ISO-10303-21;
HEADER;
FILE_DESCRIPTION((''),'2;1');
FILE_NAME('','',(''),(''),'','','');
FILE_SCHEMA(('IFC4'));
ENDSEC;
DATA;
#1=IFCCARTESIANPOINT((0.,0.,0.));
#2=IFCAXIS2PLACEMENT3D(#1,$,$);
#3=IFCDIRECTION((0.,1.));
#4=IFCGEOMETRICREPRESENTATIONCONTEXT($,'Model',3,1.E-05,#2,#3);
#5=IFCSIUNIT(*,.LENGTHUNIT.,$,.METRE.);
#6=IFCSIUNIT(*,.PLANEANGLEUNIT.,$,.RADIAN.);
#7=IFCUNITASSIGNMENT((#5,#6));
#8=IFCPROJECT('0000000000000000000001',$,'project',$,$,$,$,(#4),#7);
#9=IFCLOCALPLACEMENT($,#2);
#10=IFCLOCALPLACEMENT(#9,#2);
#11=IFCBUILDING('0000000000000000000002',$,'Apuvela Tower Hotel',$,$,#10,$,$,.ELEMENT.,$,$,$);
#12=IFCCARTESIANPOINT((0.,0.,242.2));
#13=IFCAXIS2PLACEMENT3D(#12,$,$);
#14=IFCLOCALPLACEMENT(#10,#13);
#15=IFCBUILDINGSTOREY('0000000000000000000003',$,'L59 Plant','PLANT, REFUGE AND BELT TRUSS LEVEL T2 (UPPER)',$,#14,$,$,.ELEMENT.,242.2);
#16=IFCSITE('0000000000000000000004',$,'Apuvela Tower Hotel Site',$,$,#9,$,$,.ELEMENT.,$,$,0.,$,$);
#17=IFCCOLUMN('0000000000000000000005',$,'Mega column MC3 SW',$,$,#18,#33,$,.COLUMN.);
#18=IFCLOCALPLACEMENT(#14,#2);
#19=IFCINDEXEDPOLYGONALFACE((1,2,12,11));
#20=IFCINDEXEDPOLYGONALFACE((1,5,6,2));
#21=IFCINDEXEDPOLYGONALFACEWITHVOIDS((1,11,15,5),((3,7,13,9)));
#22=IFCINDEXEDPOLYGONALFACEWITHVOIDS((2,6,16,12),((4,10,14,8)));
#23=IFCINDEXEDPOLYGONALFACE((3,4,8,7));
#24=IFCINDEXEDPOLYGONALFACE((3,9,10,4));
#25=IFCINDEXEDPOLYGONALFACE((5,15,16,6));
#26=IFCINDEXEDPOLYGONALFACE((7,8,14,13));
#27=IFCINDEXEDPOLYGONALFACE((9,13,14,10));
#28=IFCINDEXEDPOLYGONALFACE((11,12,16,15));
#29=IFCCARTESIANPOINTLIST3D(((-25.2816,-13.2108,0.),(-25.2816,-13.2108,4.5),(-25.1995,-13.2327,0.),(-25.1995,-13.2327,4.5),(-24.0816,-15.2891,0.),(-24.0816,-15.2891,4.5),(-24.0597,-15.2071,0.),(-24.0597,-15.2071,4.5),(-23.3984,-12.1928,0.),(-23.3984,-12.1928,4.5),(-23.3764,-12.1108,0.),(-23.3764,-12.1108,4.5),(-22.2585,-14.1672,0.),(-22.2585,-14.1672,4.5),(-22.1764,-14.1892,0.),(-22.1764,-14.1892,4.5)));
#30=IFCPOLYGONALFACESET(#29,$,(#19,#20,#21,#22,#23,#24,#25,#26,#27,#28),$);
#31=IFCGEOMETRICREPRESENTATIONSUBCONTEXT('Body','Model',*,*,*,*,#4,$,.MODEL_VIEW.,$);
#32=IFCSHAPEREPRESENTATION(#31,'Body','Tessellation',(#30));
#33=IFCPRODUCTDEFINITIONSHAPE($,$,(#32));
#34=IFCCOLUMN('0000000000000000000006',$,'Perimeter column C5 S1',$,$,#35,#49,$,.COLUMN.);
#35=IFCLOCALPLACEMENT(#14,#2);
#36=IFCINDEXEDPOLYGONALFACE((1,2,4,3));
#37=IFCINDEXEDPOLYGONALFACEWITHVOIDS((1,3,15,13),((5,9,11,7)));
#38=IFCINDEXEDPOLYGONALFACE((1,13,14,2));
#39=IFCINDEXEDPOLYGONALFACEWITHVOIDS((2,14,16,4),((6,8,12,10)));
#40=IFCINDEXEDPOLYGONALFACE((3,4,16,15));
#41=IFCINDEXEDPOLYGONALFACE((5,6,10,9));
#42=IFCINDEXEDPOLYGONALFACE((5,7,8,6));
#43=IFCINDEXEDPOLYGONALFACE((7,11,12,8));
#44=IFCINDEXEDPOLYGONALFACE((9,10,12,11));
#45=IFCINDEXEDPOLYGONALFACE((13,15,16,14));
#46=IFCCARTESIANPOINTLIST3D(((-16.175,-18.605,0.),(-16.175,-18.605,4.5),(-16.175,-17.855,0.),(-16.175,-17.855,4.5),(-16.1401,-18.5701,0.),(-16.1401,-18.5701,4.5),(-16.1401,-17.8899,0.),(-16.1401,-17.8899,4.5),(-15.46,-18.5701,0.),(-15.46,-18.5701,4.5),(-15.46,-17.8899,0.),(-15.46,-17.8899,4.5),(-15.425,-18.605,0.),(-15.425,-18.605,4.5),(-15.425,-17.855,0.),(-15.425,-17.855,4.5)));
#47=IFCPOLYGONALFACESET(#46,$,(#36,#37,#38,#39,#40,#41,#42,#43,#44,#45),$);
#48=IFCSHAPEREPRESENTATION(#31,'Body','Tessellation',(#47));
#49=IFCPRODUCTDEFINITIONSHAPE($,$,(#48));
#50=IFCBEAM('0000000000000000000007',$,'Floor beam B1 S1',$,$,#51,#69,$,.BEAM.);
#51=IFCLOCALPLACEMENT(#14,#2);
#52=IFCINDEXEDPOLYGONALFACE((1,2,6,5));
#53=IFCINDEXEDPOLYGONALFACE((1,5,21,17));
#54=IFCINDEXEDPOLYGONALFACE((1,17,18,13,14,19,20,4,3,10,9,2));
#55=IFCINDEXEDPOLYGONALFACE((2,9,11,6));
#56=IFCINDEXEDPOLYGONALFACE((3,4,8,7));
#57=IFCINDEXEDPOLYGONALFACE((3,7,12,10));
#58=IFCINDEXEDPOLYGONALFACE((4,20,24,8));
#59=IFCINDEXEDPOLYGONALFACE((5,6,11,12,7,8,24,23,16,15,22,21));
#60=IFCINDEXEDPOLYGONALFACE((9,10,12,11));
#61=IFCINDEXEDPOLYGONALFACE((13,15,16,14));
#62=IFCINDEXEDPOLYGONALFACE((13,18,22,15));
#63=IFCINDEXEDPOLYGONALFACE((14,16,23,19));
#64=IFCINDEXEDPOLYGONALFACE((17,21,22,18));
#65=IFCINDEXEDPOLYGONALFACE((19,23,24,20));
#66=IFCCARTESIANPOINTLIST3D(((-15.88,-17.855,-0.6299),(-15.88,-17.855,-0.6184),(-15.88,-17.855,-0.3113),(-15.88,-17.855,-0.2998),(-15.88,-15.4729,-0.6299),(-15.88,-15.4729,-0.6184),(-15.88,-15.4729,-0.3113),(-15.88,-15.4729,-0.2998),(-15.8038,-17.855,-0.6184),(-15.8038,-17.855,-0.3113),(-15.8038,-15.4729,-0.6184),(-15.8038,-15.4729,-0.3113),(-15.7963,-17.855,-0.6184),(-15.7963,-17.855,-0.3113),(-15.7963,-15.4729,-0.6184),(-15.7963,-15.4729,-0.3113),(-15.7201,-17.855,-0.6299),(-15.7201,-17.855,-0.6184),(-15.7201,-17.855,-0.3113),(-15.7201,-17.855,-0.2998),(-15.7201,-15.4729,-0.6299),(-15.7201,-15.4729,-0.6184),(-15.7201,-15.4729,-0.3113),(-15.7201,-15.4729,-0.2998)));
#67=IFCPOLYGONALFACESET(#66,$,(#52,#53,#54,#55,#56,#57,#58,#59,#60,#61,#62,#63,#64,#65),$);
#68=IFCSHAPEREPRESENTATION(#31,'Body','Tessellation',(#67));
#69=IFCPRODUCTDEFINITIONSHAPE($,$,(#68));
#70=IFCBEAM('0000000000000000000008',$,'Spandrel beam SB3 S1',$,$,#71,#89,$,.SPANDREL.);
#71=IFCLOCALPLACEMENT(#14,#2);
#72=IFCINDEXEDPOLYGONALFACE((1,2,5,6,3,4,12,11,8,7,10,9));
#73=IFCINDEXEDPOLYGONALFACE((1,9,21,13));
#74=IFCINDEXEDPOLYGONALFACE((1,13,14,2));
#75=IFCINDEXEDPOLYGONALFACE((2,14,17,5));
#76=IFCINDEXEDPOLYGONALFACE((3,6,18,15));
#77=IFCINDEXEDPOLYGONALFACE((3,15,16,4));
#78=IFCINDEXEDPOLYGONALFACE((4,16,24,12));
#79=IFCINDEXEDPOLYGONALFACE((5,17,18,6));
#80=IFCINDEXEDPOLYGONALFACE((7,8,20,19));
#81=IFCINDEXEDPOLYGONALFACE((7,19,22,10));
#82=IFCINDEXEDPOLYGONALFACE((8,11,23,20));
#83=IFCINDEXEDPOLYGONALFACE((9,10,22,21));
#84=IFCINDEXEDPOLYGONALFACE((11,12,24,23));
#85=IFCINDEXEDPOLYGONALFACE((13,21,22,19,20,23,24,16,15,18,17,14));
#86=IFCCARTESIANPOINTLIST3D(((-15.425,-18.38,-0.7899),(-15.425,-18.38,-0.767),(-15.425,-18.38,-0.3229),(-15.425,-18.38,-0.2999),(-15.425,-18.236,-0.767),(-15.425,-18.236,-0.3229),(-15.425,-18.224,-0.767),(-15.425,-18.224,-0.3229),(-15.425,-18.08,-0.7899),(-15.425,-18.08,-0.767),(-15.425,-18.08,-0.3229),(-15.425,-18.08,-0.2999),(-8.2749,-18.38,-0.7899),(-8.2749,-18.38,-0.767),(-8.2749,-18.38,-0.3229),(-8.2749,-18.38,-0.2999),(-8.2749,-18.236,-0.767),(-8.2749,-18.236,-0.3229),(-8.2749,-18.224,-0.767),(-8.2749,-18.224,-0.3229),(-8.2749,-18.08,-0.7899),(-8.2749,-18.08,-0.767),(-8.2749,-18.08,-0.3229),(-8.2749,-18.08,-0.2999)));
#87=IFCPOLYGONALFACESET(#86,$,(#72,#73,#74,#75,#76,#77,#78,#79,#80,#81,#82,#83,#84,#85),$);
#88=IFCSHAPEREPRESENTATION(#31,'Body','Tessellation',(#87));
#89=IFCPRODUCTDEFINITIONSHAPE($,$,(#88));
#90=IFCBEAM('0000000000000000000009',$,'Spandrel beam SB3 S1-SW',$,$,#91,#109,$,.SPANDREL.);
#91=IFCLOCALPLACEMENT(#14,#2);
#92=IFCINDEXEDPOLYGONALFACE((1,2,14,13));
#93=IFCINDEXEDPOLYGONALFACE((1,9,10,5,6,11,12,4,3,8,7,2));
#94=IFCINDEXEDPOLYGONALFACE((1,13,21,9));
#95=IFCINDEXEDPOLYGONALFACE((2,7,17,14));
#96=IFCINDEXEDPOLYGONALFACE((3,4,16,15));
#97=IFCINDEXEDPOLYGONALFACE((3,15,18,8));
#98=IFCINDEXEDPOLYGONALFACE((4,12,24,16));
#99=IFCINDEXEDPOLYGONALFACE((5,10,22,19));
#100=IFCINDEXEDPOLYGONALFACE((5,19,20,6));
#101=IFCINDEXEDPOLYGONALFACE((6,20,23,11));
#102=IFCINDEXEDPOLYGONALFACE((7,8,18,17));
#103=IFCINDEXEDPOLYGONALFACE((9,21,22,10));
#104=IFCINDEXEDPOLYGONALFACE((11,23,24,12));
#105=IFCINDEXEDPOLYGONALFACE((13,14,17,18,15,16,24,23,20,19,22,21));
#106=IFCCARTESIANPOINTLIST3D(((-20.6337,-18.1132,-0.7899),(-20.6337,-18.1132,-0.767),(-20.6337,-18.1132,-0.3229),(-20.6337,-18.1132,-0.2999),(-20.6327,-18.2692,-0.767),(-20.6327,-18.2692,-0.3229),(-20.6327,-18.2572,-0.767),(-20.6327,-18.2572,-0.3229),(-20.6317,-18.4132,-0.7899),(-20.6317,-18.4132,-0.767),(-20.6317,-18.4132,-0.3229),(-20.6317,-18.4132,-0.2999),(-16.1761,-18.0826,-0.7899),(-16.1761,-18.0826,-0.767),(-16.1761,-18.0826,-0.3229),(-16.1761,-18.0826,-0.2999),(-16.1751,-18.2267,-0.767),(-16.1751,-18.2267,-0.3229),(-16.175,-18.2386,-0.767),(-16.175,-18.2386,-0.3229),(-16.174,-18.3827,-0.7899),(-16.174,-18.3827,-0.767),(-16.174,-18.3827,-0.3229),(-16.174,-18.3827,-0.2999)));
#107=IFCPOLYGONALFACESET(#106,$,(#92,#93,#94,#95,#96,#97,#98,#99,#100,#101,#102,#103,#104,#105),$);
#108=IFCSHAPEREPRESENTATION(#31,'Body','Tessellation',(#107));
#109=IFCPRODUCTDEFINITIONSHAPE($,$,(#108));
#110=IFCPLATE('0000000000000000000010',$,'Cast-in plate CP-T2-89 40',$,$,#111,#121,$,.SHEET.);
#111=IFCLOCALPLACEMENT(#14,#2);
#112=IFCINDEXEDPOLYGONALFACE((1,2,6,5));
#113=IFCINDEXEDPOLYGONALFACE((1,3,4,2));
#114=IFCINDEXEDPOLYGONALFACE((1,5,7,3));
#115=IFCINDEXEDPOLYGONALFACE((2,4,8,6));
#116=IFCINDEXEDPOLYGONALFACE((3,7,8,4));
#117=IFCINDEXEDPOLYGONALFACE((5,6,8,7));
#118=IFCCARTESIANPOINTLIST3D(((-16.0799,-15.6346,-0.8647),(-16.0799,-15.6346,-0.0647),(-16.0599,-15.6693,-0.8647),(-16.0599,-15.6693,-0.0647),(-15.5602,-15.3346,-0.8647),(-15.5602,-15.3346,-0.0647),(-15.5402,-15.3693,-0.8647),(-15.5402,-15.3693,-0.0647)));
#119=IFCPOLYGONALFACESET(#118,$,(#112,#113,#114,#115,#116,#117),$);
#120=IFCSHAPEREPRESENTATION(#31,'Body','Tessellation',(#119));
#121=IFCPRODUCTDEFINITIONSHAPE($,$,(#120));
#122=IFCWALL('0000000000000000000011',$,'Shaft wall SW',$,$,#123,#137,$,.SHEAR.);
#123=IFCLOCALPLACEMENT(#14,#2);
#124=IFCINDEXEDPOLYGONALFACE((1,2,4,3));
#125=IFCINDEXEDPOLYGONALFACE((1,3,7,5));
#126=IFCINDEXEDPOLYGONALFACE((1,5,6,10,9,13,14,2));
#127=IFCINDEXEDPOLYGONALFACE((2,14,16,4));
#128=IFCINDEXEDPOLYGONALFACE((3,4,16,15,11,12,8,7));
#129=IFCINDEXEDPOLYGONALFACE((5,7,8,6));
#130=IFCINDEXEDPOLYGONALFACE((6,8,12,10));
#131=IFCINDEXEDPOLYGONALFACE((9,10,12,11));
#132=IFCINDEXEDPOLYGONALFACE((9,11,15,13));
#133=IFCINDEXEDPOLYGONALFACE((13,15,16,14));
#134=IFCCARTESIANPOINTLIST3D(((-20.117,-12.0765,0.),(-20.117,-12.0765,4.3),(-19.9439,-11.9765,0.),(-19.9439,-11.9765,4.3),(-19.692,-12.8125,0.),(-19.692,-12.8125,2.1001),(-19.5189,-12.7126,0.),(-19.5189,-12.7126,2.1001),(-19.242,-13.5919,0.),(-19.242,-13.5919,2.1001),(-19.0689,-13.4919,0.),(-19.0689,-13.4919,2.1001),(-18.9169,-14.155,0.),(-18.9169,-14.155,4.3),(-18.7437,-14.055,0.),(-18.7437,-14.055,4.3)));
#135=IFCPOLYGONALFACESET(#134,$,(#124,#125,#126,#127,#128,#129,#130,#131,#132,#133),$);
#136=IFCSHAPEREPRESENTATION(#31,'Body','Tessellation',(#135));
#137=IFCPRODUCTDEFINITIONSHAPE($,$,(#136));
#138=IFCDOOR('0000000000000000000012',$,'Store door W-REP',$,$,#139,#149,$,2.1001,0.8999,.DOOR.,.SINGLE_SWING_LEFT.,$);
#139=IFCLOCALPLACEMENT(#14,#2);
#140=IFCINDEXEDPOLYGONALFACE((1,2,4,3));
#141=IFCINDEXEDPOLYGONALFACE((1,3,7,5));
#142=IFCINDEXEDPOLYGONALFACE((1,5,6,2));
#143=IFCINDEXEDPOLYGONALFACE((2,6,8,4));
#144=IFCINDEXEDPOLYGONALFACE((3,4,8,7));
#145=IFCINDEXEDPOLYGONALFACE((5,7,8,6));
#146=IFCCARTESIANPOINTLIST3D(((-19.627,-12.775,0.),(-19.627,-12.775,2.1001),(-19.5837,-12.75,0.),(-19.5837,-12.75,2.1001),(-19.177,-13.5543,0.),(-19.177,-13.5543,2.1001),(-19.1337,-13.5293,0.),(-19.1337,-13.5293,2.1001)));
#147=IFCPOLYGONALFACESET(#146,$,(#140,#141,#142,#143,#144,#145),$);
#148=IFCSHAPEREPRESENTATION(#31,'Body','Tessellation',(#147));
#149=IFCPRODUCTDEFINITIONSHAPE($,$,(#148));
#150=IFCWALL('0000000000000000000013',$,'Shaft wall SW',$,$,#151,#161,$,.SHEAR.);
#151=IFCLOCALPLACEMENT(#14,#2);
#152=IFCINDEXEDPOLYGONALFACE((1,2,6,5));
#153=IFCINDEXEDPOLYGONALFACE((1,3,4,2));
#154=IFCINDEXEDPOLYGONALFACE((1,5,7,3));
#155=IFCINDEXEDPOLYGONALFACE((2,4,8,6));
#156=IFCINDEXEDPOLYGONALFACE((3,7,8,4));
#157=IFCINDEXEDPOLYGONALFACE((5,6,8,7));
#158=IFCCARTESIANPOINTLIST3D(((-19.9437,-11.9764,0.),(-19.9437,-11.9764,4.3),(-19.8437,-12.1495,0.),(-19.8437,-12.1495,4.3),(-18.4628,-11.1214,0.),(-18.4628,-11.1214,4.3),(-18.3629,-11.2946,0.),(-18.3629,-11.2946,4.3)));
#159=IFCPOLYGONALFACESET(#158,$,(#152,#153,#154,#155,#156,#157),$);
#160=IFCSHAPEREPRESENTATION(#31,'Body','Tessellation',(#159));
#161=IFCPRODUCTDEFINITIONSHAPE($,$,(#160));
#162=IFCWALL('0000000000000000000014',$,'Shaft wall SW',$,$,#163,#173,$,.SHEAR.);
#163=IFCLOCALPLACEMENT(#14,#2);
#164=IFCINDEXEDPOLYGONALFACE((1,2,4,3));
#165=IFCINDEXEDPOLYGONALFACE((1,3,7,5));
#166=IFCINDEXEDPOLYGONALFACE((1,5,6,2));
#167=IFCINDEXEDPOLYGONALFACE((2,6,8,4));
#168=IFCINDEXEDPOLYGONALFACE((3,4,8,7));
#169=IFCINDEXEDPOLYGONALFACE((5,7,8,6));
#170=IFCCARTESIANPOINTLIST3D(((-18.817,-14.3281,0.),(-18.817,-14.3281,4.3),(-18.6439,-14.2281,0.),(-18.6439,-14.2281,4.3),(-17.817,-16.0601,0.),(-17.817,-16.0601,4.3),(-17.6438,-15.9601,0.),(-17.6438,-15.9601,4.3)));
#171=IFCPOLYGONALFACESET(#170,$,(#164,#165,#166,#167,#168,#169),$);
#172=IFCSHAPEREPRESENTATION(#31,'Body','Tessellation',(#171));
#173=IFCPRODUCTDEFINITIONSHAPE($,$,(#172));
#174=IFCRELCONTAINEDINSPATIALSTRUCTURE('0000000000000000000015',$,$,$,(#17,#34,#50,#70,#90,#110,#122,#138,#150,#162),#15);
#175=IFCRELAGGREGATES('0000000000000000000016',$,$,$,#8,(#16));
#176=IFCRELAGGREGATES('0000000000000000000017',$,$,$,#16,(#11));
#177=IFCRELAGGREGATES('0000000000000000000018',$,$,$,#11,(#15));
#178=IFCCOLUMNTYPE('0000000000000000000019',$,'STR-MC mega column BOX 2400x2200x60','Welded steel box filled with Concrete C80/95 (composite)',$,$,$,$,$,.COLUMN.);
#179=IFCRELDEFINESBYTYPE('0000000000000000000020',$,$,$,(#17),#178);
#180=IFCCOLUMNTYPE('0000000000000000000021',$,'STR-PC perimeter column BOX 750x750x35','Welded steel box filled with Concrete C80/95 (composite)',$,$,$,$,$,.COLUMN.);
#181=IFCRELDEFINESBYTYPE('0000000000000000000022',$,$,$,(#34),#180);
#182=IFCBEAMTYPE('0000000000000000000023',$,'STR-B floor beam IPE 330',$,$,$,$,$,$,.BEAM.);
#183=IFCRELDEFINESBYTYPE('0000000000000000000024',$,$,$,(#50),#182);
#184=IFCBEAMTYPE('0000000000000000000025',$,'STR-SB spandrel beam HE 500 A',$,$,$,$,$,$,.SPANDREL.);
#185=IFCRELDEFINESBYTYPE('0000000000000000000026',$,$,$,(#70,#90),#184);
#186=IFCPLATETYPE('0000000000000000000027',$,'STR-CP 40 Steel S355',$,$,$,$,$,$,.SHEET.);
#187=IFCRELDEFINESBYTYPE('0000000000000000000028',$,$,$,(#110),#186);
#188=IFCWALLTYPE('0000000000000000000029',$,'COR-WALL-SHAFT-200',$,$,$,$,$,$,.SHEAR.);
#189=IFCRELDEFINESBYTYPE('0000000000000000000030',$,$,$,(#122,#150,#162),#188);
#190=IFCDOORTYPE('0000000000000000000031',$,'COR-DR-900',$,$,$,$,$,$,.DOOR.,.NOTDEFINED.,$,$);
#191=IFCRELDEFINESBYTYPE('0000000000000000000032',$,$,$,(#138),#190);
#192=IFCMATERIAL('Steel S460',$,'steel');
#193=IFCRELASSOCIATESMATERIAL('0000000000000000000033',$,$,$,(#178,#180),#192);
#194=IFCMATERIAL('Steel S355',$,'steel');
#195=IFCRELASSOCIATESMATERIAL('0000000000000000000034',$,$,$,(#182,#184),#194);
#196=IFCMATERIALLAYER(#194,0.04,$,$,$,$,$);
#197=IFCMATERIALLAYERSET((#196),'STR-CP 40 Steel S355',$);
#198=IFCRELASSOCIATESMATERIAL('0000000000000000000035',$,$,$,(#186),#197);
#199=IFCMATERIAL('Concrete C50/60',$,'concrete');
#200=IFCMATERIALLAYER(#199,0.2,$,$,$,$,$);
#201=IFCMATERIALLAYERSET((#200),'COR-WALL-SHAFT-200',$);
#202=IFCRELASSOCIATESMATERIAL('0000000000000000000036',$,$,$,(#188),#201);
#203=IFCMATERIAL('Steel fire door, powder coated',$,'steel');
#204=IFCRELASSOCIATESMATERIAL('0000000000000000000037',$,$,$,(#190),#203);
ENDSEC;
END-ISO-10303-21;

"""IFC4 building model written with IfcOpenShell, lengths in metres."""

from ifc_helpers import new_model, si_unit, direction, frame, frame_2d, origin, origin_2d, place, context, subcontext, project, spatial, rectangle, hollow_rectangle, i_section, extrude, material, layer, layer_set, material_profile, profile_set, type_object, element, fill, save


model = new_model("IFC4")

# Units and contexts
model_context = context("Model", 3, precision=1e-05, world=origin(), true_north=direction((0.0, 1.0)))
body_context = subcontext(model_context, "Body", "Model", "MODEL_VIEW")
ifc_project = project(units=[si_unit("LENGTHUNIT", "METRE"), si_unit("PLANEANGLEUNIT", "RADIAN")], contexts=[model_context])

# Site, building, storey
site_placement = place(None, origin())
site = spatial("IfcSite", under=ifc_project, at=site_placement, Name="Apuvela Tower Hotel Site", CompositionType="ELEMENT", RefElevation=0.0)
building_placement = place(site_placement, origin())
building = spatial("IfcBuilding", under=site, at=building_placement, Name="Apuvela Tower Hotel", CompositionType="ELEMENT")
storey_placement = place(building_placement, frame((0.0, 0.0, 242.2)))
storey = spatial("IfcBuildingStorey", under=building, at=storey_placement, Name="L59 Plant", Description="PLANT, REFUGE AND BELT TRUSS LEVEL T2 (UPPER)", CompositionType="ELEMENT", Elevation=242.2)

# Columns
ifc_material_1 = material(Name="Steel S460", Category="steel")
ifc_material_profile_1 = material_profile(ifc_material_1, hollow_rectangle(XDim=2.3999, YDim=2.2, WallThickness=0.0601, at=origin_2d()), Name="BOX 2400x2200x60")
ifc_material_2 = material(Name="Concrete C80/95", Category="concrete")
ifc_material_profile_2 = material_profile(ifc_material_2, rectangle(XDim=2.28, YDim=2.0801, at=origin_2d()), Name="Concrete C80/95 infill")
ifc_profile_set_1 = profile_set([ifc_material_profile_1, ifc_material_profile_2], Name="Steel S460")
column_type_1 = type_object("IfcColumnType", Name="STR-MC mega column BOX 2400x2200x60", Description="Welded steel box filled with Concrete C80/95 (composite)", PredefinedType="COLUMN", material=ifc_profile_set_1)
column_1_placement = place(storey_placement, frame((-23.729, -13.7, 0.0), z_axis=(0.0, 0.0, 1.0), x_axis=(-0.5, 0.866025, 0.0)))
element("IfcColumn", 1, at=column_1_placement, inside=storey, type_object=column_type_1, Name="Mega column MC3 SW", PredefinedType="COLUMN", context=body_context, shape_type="SweptSolid", body=[
    extrude(hollow_rectangle(XDim=2.3999, YDim=2.2, WallThickness=0.0601, at=origin_2d()), origin(), (0.0, 0.0, 1.0), 4.5),
])
ifc_material_profile_3 = material_profile(ifc_material_1, hollow_rectangle(XDim=0.75, YDim=0.75, WallThickness=0.0349, at=origin_2d()), Name="BOX 750x750x35")
ifc_material_profile_4 = material_profile(ifc_material_2, rectangle(XDim=0.6799, YDim=0.6799, at=origin_2d()), Name="Concrete C80/95 infill")
ifc_profile_set_2 = profile_set([ifc_material_profile_3, ifc_material_profile_4], Name="Steel S460")
column_type_2 = type_object("IfcColumnType", Name="STR-PC perimeter column BOX 750x750x35", Description="Welded steel box filled with Concrete C80/95 (composite)", PredefinedType="COLUMN", material=ifc_profile_set_2)
column_2_placement = place(storey_placement, frame((-15.8, -18.23, 0.0), z_axis=(0.0, 0.0, 1.0), x_axis=(-1.0, 0.0, 0.0)))
element("IfcColumn", 2, at=column_2_placement, inside=storey, type_object=column_type_2, Name="Perimeter column C5 S1", PredefinedType="COLUMN", context=body_context, shape_type="SweptSolid", body=[
    extrude(hollow_rectangle(XDim=0.75, YDim=0.75, WallThickness=0.0349, at=origin_2d()), origin(), (0.0, 0.0, 1.0), 4.5),
])

# Beams
ifc_material_3 = material(Name="Steel S355", Category="steel")
ifc_material_profile_5 = material_profile(ifc_material_3, i_section(OverallWidth=0.1599, OverallDepth=0.3301, WebThickness=0.0076, FlangeThickness=0.0115, at=origin_2d()), Name="IPE 330")
ifc_profile_set_3 = profile_set([ifc_material_profile_5], Name="Steel S355")
beam_type_1 = type_object("IfcBeamType", Name="STR-B floor beam IPE 330", PredefinedType="BEAM", material=ifc_profile_set_3)
beam_1_placement = place(storey_placement, frame((-15.8, -17.855, -0.4648), z_axis=(0.0, 1.0, 0.0), x_axis=(-1.0, 0.0, 0.0)))
element("IfcBeam", 3, at=beam_1_placement, inside=storey, type_object=beam_type_1, Name="Floor beam B1 S1", PredefinedType="BEAM", context=body_context, shape_type="SweptSolid", body=[
    extrude(i_section(OverallWidth=0.1599, OverallDepth=0.3301, WebThickness=0.0076, FlangeThickness=0.0115, at=origin_2d()), origin(), (0.0, 0.0, 1.0), 2.3821),
])
ifc_material_profile_6 = material_profile(ifc_material_3, i_section(OverallWidth=0.3, OverallDepth=0.49, WebThickness=0.012, FlangeThickness=0.0229, at=origin_2d()), Name="HE 500 A")
ifc_profile_set_4 = profile_set([ifc_material_profile_6], Name="Steel S355")
beam_type_2 = type_object("IfcBeamType", Name="STR-SB spandrel beam HE 500 A", PredefinedType="SPANDREL", material=ifc_profile_set_4)
beam_2_placement = place(storey_placement, frame((-15.425, -18.23, -0.5449), z_axis=(1.0, 0.0, 0.0), x_axis=(0.0, 1.0, 0.0)))
element("IfcBeam", 4, at=beam_2_placement, inside=storey, type_object=beam_type_2, Name="Spandrel beam SB3 S1", PredefinedType="SPANDREL", context=body_context, shape_type="SweptSolid", body=[
    extrude(i_section(OverallWidth=0.3, OverallDepth=0.49, WebThickness=0.012, FlangeThickness=0.0229, at=origin_2d()), origin(), (0.0, 0.0, 1.0), 7.1501),
])
beam_3_placement = place(storey_placement, frame((-16.175, -18.2327, -0.5449), z_axis=(-0.999977, -0.006846, 0.0), x_axis=(0.006846, -0.999977, 0.0)))
element("IfcBeam", 5, at=beam_3_placement, inside=storey, type_object=beam_type_2, Name="Spandrel beam SB3 S1-SW", PredefinedType="SPANDREL", context=body_context, shape_type="SweptSolid", body=[
    extrude(i_section(OverallWidth=0.3, OverallDepth=0.49, WebThickness=0.012, FlangeThickness=0.0229, at=origin_2d()), origin(), (0.0, 0.0, 1.0), 4.4578),
])

# Plate
ifc_layer_1 = layer(ifc_material_3, 0.04)
ifc_layer_set_1 = layer_set([ifc_layer_1], Name="STR-CP 40 Steel S355")
plate_type = type_object("IfcPlateType", Name="STR-CP 40 Steel S355", PredefinedType="SHEET", material=ifc_layer_set_1)
plate_placement = place(storey_placement, frame((-15.8101, -15.502, -0.8647), z_axis=(0.0, 0.0, 1.0), x_axis=(-0.5, 0.866025, 0.0)))
element("IfcPlate", 6, at=plate_placement, inside=storey, type_object=plate_type, Name="Cast-in plate CP-T2-89 40", PredefinedType="SHEET", context=body_context, shape_type="SweptSolid", body=[
    extrude(rectangle(XDim=0.04, YDim=0.6001, at=origin_2d()), origin(), (0.0, 0.0, 1.0), 0.8),
])

# Wall, opening, door
ifc_material_4 = material(Name="Concrete C50/60", Category="concrete")
ifc_layer_2 = layer(ifc_material_4, 0.2)
ifc_layer_set_2 = layer_set([ifc_layer_2], Name="COR-WALL-SHAFT-200")
wall_type_1 = type_object("IfcWallType", Name="COR-WALL-SHAFT-200", PredefinedType="SHEAR", material=ifc_layer_set_2)
wall_1_placement = place(storey_placement, frame((-20.0305, -12.0264, 0.0), z_axis=(0.0, 0.0, 1.0), x_axis=(0.500034, -0.866006, 0.0)))
wall_1 = element("IfcWall", 7, at=wall_1_placement, inside=storey, type_object=wall_type_1, Name="Shaft wall SW", PredefinedType="SHEAR", context=body_context, shape_type="SweptSolid", body=[
    extrude(rectangle(XDim=2.4001, YDim=0.2, at=frame_2d((1.2002, 0.0))), origin(), (0.0, 0.0, 1.0), 4.3),
])
opening_placement = place(wall_1_placement, frame((0.8501, 0.0, 0.0)))
opening = element("IfcOpeningElement", 8, at=opening_placement, cuts=wall_1, PredefinedType="OPENING", context=body_context, shape_type="SweptSolid", body=[
    extrude(rectangle(XDim=0.8999, YDim=2.1001, at=frame_2d((0.45, 1.05))), frame((0.0, 0.1099, 0.0), z_axis=(0.0, -1.0, 0.0), x_axis=(1.0, 0.0, 0.0)), (0.0, 0.0, 1.0), 0.22),
])
ifc_material_5 = material(Name="Steel fire door, powder coated", Category="steel")
door_type = type_object("IfcDoorType", Name="COR-DR-900", OperationType="NOTDEFINED", PredefinedType="DOOR", material=ifc_material_5)
door_placement = place(opening_placement, frame((0.8999, 0.0, 0.0), z_axis=(0.0, 0.0, 1.0), x_axis=(-1.0, 0.0, 0.0)))
door = element("IfcDoor", 9, at=door_placement, inside=storey, type_object=door_type, Name="Store door W-REP", OperationType="SINGLE_SWING_LEFT", OverallHeight=2.1001, OverallWidth=0.8999, PredefinedType="DOOR", context=body_context, shape_type="SweptSolid", body=[
    extrude(rectangle(XDim=0.8999, YDim=2.1001, at=frame_2d((0.45, 1.05))), frame((0.0, 0.0249, 0.0), z_axis=(0.0, -1.0, 0.0), x_axis=(1.0, 0.0, 0.0)), (0.0, 0.0, 1.0), 0.05),
])
fill(opening, door)

# Walls
wall_2_placement = place(storey_placement, frame((-18.4128, -11.208, 0.0), z_axis=(0.0, 0.0, 1.0), x_axis=(-0.866038, -0.499978, 0.0)))
element("IfcWall", 10, at=wall_2_placement, inside=storey, type_object=wall_type_1, Name="Shaft wall SW", PredefinedType="SHEAR", context=body_context, shape_type="SweptSolid", body=[
    extrude(rectangle(XDim=1.71, YDim=0.2, at=frame_2d((0.855, 0.0))), origin(), (0.0, 0.0, 1.0), 4.3),
])
wall_3_placement = place(storey_placement, frame((-18.7305, -14.2781, 0.0), z_axis=(0.0, 0.0, 1.0), x_axis=(0.500025, -0.866011, 0.0)))
element("IfcWall", 11, at=wall_3_placement, inside=storey, type_object=wall_type_1, Name="Shaft wall SW", PredefinedType="SHEAR", context=body_context, shape_type="SweptSolid", body=[
    extrude(rectangle(XDim=2.0, YDim=0.2, at=frame_2d((1.0, 0.0))), origin(), (0.0, 0.0, 1.0), 4.3),
])

save(model, "model.ifc")
